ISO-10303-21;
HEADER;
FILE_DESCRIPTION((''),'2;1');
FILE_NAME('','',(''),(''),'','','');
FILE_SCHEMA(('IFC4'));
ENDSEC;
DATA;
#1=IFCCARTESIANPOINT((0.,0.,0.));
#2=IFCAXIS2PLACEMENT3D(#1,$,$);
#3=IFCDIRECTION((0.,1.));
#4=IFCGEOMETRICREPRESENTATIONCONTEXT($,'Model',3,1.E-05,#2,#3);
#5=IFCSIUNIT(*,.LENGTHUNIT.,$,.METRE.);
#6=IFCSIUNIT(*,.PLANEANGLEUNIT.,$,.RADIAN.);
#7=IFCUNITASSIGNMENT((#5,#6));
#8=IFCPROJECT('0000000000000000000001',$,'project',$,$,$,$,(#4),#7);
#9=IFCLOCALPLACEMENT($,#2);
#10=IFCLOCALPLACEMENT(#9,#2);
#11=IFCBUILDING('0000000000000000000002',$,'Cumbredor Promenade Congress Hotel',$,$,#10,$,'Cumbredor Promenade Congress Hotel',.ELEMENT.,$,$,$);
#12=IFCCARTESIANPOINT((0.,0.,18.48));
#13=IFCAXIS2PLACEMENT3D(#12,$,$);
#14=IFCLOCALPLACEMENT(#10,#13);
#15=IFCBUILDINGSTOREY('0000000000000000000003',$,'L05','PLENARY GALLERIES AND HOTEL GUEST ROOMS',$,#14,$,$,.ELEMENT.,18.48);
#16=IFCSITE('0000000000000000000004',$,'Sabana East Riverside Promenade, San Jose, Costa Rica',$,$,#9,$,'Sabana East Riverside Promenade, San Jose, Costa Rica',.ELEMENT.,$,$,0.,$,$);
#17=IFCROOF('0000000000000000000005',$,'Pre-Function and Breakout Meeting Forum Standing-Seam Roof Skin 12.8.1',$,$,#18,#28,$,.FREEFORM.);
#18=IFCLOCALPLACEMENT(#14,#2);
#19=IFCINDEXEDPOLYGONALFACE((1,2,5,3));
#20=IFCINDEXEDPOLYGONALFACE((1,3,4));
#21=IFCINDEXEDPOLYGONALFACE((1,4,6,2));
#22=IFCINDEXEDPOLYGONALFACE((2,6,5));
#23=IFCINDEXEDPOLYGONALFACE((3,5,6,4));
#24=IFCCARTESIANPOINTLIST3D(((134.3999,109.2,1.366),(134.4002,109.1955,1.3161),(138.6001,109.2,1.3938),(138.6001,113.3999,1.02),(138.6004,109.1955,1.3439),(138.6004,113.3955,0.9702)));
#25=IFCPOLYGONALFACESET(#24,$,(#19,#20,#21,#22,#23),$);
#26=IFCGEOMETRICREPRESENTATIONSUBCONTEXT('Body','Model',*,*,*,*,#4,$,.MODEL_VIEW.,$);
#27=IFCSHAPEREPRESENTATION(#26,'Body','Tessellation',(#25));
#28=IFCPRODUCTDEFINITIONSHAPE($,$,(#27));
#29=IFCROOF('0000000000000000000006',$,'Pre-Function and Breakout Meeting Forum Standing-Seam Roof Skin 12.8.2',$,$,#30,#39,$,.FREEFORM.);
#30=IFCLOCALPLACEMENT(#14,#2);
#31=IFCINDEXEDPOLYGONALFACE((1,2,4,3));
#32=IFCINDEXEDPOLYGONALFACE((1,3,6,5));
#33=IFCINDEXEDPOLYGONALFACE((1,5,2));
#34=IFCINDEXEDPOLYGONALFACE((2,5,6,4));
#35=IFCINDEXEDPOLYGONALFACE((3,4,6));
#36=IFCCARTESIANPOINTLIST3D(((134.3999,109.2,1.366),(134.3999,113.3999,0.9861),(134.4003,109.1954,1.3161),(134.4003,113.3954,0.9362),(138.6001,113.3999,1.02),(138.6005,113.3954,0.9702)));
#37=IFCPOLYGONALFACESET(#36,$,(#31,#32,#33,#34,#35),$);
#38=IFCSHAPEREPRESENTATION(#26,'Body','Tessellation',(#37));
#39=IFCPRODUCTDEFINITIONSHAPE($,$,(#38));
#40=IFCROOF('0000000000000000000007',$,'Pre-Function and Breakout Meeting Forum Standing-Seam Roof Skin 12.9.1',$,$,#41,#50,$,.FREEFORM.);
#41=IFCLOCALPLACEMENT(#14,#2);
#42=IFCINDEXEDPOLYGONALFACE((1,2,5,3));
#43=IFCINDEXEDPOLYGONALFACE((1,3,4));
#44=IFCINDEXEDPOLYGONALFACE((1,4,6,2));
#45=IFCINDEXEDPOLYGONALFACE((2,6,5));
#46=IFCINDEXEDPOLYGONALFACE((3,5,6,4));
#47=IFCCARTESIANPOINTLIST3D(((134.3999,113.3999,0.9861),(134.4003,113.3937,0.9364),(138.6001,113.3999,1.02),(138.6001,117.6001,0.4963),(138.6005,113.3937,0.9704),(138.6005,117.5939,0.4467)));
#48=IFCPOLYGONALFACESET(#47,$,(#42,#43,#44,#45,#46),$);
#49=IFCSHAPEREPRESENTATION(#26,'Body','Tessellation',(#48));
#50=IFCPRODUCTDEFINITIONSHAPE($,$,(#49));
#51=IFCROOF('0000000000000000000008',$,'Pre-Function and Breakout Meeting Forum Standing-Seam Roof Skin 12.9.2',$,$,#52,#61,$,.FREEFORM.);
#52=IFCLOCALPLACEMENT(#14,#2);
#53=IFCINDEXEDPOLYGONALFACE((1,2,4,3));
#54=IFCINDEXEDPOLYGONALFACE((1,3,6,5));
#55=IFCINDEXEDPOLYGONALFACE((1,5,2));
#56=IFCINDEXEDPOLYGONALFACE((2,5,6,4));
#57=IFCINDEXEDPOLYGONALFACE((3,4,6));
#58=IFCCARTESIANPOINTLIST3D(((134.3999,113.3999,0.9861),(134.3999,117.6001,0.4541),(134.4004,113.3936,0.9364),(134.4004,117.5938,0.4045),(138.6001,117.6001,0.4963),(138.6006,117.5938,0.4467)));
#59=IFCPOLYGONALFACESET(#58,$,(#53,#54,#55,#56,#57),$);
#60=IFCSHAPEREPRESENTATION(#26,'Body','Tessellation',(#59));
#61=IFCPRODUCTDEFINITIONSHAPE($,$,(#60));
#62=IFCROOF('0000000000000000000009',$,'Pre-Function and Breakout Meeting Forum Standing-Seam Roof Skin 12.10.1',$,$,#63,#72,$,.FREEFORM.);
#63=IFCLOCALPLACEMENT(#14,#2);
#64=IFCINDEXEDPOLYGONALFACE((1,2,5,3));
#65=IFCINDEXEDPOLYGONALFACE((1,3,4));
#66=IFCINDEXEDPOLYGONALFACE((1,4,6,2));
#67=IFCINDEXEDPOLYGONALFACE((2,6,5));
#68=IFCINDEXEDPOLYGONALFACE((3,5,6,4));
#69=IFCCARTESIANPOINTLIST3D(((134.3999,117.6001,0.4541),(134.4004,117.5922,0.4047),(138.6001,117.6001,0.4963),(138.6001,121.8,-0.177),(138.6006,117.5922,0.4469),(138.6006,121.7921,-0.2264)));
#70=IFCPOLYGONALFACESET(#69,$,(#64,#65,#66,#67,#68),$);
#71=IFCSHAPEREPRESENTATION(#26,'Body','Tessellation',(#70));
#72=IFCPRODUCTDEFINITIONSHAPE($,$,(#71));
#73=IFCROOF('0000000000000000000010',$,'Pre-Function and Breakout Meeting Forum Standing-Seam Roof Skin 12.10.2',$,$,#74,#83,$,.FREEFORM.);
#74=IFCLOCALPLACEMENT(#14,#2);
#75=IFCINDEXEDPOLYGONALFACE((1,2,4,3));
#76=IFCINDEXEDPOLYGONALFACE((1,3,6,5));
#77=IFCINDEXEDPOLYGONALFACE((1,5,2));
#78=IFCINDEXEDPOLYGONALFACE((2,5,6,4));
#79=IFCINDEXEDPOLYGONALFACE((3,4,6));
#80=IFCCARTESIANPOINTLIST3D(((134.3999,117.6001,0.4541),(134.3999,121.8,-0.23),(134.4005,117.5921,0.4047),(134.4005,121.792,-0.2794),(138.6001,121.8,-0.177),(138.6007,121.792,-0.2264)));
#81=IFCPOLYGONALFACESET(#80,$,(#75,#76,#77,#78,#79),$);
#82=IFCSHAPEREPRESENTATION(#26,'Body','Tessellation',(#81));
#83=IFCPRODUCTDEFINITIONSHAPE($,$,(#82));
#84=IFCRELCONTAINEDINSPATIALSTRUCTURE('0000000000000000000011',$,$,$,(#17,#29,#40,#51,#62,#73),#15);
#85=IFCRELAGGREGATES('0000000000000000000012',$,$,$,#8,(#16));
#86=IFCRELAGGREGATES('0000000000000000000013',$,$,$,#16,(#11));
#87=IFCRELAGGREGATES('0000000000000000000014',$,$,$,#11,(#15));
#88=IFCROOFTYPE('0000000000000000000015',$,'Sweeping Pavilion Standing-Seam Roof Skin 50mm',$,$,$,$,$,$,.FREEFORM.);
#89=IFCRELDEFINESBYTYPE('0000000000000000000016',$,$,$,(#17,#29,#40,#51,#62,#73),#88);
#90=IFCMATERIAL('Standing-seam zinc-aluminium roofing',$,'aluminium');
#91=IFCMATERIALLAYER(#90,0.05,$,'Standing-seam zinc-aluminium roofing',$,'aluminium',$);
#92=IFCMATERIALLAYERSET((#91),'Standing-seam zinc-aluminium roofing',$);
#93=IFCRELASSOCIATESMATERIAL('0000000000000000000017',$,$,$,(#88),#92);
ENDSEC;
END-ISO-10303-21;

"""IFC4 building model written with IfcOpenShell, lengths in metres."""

from ifc_helpers import new_model, si_unit, direction, frame, origin, place, context, subcontext, project, spatial, polyline, outline, extrude, material, layer, layer_set, type_object, element, save


model = new_model("IFC4")

# Units and contexts
model_context = context("Model", 3, precision=1e-05, world=origin(), true_north=direction((0.0, 1.0)))
body_context = subcontext(model_context, "Body", "Model", "MODEL_VIEW")
ifc_project = project(units=[si_unit("LENGTHUNIT", "METRE"), si_unit("PLANEANGLEUNIT", "RADIAN")], contexts=[model_context])

# Site, building, storey
site_placement = place(None, origin())
site = spatial("IfcSite", under=ifc_project, at=site_placement, Name="Sabana East Riverside Promenade, San Jose, Costa Rica", LongName="Sabana East Riverside Promenade, San Jose, Costa Rica", CompositionType="ELEMENT", RefElevation=0.0)
building_placement = place(site_placement, origin())
building = spatial("IfcBuilding", under=site, at=building_placement, Name="Cumbredor Promenade Congress Hotel", LongName="Cumbredor Promenade Congress Hotel", CompositionType="ELEMENT")
storey_placement = place(building_placement, frame((0.0, 0.0, 18.48)))
storey = spatial("IfcBuildingStorey", under=building, at=storey_placement, Name="L05", Description="PLENARY GALLERIES AND HOTEL GUEST ROOMS", CompositionType="ELEMENT", Elevation=18.48)

# Roofs
ifc_material_1 = material(Name="Standing-seam zinc-aluminium roofing", Category="aluminium")
ifc_layer_1 = layer(ifc_material_1, 0.05, Name="Standing-seam zinc-aluminium roofing", Category="aluminium")
ifc_layer_set_1 = layer_set([ifc_layer_1], Name="Standing-seam zinc-aluminium roofing")
roof_type = type_object("IfcRoofType", Name="Sweeping Pavilion Standing-Seam Roof Skin 50mm", PredefinedType="FREEFORM", material=ifc_layer_set_1)
roof_1_placement = place(storey_placement, frame((134.3999, 109.2, 1.366), z_axis=(-0.0066, 0.088644, 0.996042), x_axis=(0.999978, 0.0, 0.006626)))
element("IfcRoof", 1, at=roof_1_placement, inside=storey, type_object=roof_type, Name="Pre-Function and Breakout Meeting Forum Standing-Seam Roof Skin 12.8.1", PredefinedType="FREEFORM", context=body_context, shape_type="SweptSolid", body=[
    extrude(outline(polyline([(0.0, 0.0), (4.2003, 0.0), (4.1978, 4.2166), (0.0, 0.0)])), origin(), (0.0, 0.0, -1.0), 0.05),
])
roof_2_placement = place(storey_placement, frame((134.3999, 109.2, 1.366), z_axis=(-0.008046, 0.090079, 0.995902), x_axis=(0.705931, 0.70589, -0.058144)))
element("IfcRoof", 2, at=roof_2_placement, inside=storey, type_object=roof_type, Name="Pre-Function and Breakout Meeting Forum Standing-Seam Roof Skin 12.8.2", PredefinedType="FREEFORM", context=body_context, shape_type="SweptSolid", body=[
    extrude(outline(polyline([(0.0, 0.0), (5.9499, 0.0), (2.9868, 2.9771), (0.0, 0.0)])), origin(), (0.0, 0.0, -1.0), 0.05),
])
roof_3_placement = place(storey_placement, frame((134.3999, 113.3999, 0.9861), z_axis=(-0.008017, 0.123718, 0.992285), x_axis=(0.999967, 0.0, 0.008079)))
element("IfcRoof", 3, at=roof_3_placement, inside=storey, type_object=roof_type, Name="Pre-Function and Breakout Meeting Forum Standing-Seam Roof Skin 12.9.1", PredefinedType="FREEFORM", context=body_context, shape_type="SweptSolid", body=[
    extrude(outline(polyline([(0.0, 0.0), (4.2003, 0.0), (4.1961, 4.2327), (0.0, 0.0)])), origin(), (0.0, 0.0, -1.0), 0.05),
])
roof_4_placement = place(storey_placement, frame((134.3999, 113.3999, 0.9861), z_axis=(-0.009976, 0.125646, 0.992025), x_axis=(0.704716, 0.704716, -0.08217)))
element("IfcRoof", 4, at=roof_4_placement, inside=storey, type_object=roof_type, Name="Pre-Function and Breakout Meeting Forum Standing-Seam Roof Skin 12.9.2", PredefinedType="FREEFORM", context=body_context, shape_type="SweptSolid", body=[
    extrude(outline(polyline([(0.0, 0.0), (5.9601, 0.0), (3.0037, 2.9837), (0.0, 0.0)])), origin(), (0.0, 0.0, -1.0), 0.05),
])
roof_5_placement = place(storey_placement, frame((134.3999, 117.6001, 0.4541), z_axis=(-0.009929, 0.158292, 0.987342), x_axis=(0.999949, 0.0, 0.010055)))
element("IfcRoof", 5, at=roof_5_placement, inside=storey, type_object=roof_type, Name="Pre-Function and Breakout Meeting Forum Standing-Seam Roof Skin 12.10.1", PredefinedType="FREEFORM", context=body_context, shape_type="SweptSolid", body=[
    extrude(outline(polyline([(0.0, 0.0), (4.2004, 0.0), (4.1936, 4.2536), (0.0, 0.0)])), origin(), (0.0, 0.0, -1.0), 0.05),
])
roof_6_placement = place(storey_placement, frame((134.3999, 117.6001, 0.4541), z_axis=(-0.012448, 0.160748, 0.986917), x_axis=(0.703169, 0.703129, -0.105655)))
element("IfcRoof", 6, at=roof_6_placement, inside=storey, type_object=roof_type, Name="Pre-Function and Breakout Meeting Forum Standing-Seam Roof Skin 12.10.2", PredefinedType="FREEFORM", context=body_context, shape_type="SweptSolid", body=[
    extrude(outline(polyline([(0.0, 0.0), (5.9732, 0.0), (3.0254, 2.9924), (0.0, 0.0)])), origin(), (0.0, 0.0, -1.0), 0.05),
])

save(model, "model.ifc")
